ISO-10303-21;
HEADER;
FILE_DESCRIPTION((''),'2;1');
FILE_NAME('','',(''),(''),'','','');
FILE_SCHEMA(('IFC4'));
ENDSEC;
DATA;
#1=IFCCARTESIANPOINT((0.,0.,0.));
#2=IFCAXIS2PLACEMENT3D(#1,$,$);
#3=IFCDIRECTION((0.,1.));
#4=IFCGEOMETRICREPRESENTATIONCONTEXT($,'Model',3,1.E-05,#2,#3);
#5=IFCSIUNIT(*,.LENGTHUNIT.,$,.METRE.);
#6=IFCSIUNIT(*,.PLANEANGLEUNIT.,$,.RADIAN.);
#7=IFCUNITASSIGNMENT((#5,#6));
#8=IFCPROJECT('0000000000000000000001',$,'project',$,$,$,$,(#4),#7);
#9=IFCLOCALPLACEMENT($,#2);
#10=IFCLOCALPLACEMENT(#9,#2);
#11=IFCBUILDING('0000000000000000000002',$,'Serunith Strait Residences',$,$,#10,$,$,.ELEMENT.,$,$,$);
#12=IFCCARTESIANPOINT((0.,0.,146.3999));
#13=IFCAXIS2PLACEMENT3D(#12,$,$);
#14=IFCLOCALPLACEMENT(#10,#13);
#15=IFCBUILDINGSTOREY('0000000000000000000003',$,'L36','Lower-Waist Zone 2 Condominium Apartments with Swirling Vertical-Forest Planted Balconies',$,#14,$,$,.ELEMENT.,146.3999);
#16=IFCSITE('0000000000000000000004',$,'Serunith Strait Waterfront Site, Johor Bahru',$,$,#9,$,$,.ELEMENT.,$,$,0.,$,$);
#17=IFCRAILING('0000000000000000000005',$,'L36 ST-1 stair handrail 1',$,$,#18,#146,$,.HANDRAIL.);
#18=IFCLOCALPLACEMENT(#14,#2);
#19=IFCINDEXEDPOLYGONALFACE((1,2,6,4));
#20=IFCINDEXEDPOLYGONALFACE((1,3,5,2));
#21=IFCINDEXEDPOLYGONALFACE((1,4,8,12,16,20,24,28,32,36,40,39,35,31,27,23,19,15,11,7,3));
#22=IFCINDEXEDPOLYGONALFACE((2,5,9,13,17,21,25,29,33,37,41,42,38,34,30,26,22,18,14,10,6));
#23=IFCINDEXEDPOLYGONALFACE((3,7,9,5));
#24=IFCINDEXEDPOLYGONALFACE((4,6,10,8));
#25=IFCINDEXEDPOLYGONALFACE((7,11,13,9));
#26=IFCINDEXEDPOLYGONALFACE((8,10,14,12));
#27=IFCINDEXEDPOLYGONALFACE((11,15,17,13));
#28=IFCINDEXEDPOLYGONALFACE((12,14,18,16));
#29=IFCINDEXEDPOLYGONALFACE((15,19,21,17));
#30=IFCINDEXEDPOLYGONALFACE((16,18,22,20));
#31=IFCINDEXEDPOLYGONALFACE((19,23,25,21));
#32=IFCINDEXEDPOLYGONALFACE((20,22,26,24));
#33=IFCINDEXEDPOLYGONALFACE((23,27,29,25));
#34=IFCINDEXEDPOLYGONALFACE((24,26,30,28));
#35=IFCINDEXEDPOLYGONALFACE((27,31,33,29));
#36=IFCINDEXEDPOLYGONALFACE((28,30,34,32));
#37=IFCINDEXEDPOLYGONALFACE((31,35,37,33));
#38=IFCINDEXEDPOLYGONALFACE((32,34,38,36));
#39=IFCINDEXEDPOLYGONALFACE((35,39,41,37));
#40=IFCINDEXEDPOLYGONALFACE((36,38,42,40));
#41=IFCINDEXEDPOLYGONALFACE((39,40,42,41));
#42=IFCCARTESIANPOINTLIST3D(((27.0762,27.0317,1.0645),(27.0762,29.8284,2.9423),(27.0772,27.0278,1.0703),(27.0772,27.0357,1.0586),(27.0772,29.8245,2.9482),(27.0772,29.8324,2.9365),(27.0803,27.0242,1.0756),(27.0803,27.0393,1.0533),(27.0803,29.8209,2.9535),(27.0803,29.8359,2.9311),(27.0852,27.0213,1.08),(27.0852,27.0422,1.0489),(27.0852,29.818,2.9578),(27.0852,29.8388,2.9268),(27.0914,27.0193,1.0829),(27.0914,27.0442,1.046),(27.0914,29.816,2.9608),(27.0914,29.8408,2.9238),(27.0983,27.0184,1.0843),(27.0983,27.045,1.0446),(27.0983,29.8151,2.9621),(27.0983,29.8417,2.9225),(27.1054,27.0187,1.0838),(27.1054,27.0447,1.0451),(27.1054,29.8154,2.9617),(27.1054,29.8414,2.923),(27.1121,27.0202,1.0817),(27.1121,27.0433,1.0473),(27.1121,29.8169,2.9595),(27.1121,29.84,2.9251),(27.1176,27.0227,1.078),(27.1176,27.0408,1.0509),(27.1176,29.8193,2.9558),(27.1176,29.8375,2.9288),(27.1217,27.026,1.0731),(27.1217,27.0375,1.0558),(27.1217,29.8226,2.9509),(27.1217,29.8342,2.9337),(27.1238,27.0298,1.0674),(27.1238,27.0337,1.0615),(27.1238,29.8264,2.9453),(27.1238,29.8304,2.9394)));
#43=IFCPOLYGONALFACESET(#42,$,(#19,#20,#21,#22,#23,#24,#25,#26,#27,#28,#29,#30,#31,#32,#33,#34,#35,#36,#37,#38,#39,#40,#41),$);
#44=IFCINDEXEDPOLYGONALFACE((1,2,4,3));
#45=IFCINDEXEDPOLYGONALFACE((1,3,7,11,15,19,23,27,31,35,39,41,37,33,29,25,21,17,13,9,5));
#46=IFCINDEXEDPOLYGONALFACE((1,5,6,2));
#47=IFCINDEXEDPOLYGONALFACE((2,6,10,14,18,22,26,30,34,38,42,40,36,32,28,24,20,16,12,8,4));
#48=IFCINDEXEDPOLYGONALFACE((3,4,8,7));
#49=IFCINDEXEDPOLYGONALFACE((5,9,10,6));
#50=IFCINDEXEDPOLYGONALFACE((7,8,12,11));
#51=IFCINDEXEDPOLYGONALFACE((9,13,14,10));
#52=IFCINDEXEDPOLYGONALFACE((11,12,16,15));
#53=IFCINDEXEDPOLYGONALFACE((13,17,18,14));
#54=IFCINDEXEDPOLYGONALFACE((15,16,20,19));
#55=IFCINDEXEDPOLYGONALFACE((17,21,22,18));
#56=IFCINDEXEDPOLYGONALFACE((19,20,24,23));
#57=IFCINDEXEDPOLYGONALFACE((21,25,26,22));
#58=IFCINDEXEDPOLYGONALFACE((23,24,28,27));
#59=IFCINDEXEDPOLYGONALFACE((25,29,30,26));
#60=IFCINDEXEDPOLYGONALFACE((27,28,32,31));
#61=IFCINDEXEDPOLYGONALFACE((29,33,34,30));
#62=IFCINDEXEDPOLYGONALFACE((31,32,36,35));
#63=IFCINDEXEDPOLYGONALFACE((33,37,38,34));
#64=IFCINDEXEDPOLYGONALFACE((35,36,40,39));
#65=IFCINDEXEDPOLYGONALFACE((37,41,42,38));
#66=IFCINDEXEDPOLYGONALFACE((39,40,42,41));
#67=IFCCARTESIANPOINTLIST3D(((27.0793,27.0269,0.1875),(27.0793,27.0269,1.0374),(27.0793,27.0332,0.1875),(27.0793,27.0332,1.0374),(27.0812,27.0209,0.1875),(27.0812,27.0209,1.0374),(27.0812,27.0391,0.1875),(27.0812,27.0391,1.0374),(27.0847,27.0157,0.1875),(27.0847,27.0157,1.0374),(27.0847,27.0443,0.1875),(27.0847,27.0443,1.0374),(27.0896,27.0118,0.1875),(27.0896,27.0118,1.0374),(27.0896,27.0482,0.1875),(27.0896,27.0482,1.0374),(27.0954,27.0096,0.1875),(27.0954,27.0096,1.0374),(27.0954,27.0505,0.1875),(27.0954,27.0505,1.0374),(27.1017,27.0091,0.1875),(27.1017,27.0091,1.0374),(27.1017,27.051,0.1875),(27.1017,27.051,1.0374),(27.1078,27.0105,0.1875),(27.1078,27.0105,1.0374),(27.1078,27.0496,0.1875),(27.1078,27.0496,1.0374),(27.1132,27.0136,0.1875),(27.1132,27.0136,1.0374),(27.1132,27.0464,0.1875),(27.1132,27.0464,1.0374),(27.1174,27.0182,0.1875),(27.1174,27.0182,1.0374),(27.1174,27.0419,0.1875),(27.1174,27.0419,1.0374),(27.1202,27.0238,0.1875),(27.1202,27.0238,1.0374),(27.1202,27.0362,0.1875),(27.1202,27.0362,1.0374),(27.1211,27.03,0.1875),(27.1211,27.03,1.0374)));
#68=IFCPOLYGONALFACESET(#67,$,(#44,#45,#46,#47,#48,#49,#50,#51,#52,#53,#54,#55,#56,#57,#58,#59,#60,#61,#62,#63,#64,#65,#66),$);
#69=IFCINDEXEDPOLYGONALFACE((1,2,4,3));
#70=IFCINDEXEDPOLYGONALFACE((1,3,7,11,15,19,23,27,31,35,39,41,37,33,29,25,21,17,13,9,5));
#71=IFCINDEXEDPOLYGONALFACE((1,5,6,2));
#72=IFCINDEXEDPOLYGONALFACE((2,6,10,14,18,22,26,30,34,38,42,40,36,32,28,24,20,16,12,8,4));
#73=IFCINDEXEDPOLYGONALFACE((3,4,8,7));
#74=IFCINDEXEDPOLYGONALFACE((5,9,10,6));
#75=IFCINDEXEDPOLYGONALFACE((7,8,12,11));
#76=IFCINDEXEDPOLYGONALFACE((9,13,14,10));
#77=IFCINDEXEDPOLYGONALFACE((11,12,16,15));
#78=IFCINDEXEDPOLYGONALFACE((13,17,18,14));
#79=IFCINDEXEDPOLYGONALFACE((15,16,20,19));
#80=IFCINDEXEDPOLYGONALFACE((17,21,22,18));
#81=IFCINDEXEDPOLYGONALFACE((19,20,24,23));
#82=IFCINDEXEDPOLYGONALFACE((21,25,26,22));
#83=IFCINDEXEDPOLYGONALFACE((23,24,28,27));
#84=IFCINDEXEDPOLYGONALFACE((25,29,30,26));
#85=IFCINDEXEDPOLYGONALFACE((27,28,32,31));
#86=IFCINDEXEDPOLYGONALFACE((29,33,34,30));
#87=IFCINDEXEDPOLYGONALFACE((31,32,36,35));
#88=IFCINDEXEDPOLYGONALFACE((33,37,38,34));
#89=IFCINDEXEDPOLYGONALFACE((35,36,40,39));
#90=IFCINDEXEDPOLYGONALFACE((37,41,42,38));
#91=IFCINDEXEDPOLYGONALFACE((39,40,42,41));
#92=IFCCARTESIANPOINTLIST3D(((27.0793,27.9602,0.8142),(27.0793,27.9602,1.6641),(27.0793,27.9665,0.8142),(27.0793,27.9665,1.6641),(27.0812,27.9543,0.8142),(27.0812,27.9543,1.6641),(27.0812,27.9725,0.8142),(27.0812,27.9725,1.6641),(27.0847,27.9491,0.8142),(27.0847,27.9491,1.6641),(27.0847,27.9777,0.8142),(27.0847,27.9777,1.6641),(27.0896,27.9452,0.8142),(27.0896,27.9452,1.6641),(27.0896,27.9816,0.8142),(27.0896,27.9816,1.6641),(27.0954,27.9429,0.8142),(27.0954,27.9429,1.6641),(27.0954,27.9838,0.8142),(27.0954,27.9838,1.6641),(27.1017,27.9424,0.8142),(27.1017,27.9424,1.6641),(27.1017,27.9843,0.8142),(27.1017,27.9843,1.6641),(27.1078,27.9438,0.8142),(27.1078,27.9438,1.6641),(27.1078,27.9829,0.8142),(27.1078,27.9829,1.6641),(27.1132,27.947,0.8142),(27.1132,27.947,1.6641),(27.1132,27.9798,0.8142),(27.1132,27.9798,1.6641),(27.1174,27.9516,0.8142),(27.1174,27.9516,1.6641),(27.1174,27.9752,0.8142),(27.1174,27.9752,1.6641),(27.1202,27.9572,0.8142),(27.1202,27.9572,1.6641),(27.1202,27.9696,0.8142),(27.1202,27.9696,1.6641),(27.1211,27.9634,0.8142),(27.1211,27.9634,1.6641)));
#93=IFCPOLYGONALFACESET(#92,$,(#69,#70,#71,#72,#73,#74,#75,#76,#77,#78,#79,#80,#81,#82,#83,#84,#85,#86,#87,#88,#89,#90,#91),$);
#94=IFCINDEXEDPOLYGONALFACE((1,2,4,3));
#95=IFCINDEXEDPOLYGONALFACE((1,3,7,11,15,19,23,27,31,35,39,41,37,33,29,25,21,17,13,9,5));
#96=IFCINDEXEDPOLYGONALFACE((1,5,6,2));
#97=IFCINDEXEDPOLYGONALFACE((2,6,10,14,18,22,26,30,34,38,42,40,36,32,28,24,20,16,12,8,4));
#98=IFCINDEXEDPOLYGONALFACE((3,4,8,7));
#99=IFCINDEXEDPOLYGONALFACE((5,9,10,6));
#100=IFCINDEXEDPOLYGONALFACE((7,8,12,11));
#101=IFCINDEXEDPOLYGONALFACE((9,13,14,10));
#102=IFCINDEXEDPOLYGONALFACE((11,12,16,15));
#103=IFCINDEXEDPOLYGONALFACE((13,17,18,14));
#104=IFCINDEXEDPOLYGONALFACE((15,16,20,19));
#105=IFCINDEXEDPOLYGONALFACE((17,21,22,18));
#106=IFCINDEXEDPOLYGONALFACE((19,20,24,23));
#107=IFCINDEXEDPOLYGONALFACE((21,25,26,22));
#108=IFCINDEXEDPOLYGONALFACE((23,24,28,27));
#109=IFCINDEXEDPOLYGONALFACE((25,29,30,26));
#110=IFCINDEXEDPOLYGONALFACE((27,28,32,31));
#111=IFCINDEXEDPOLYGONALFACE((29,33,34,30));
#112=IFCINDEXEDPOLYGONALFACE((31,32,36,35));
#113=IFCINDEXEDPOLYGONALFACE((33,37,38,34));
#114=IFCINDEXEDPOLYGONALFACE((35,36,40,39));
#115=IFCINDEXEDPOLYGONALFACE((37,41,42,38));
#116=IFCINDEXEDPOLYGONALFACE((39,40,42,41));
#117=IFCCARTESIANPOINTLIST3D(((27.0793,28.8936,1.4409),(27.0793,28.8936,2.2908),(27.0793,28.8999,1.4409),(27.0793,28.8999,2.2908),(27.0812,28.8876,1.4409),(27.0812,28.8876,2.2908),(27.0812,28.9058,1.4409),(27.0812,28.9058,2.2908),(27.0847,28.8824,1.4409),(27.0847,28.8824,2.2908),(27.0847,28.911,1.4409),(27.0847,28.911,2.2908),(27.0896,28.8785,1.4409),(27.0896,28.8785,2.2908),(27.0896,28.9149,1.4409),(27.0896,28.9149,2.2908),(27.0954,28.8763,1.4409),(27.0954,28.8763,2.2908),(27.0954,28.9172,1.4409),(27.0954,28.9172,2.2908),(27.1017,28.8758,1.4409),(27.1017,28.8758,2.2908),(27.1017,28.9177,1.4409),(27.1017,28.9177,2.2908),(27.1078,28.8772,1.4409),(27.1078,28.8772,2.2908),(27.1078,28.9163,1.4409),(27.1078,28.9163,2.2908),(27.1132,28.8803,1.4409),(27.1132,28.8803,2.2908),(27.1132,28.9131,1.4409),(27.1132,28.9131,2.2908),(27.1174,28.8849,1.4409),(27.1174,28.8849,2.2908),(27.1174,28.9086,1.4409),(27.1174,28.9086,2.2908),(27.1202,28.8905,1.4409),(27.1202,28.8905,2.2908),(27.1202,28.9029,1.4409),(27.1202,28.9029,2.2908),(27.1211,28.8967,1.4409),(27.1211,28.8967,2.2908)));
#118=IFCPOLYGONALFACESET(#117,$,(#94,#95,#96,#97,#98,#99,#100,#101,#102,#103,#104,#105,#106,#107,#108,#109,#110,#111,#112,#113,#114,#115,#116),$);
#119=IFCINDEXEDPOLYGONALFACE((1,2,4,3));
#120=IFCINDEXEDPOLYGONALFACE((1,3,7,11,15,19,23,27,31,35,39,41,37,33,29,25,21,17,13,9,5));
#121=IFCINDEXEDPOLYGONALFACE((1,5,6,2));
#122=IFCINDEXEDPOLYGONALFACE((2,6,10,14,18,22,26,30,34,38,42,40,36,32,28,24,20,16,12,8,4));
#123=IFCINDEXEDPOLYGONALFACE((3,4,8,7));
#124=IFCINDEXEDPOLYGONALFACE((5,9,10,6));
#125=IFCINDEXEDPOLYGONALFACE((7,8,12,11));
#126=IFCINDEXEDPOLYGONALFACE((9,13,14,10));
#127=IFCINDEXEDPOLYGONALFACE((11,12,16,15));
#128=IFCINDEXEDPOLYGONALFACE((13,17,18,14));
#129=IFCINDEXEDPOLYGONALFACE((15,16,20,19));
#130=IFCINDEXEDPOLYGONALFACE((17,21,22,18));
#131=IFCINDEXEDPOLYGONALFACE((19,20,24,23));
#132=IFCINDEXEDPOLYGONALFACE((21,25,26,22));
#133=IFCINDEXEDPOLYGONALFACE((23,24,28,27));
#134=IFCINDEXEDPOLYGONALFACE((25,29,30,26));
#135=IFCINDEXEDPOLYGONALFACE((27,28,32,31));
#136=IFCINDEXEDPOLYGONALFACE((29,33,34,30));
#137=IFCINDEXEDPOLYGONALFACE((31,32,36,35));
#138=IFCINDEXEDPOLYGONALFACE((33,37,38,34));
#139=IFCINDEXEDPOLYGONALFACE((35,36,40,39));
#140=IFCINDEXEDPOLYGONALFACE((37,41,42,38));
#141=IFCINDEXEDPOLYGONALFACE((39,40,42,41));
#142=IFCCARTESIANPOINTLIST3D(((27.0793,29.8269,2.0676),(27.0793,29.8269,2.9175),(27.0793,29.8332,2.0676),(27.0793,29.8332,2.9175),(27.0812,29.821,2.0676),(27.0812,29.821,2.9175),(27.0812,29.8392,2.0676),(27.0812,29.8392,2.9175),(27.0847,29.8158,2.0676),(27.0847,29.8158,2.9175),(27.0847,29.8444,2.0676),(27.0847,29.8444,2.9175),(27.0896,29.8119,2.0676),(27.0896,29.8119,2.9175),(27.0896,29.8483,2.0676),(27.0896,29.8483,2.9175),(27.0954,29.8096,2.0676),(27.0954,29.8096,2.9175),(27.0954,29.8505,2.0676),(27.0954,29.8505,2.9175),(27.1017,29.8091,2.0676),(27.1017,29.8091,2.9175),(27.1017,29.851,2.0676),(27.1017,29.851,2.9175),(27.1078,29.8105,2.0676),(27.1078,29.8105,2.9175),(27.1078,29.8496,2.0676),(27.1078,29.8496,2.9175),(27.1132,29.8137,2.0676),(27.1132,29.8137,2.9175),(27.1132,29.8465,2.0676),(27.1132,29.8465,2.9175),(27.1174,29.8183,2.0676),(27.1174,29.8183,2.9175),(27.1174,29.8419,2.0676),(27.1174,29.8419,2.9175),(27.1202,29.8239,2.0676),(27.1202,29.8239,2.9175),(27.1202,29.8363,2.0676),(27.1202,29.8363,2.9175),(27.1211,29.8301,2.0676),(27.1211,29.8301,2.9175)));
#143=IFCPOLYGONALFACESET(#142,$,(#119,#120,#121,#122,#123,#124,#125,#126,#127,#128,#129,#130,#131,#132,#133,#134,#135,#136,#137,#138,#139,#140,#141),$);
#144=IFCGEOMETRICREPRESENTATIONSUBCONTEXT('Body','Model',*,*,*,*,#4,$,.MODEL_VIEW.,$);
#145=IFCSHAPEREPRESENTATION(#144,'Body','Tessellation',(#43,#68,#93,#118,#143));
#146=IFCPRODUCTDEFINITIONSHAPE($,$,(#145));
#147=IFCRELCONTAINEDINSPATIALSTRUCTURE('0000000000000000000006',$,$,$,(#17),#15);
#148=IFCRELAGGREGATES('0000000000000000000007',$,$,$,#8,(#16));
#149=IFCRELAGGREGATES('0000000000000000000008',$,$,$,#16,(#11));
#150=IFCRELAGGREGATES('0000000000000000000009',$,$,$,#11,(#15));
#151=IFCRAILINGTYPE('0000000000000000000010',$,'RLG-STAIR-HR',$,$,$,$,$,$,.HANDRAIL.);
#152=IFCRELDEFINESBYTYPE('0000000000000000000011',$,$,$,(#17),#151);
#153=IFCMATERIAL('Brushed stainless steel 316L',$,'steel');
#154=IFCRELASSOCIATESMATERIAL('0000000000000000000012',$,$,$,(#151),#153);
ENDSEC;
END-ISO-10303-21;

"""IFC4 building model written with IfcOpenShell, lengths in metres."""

from ifc_helpers import new_model, si_unit, direction, frame, origin, origin_2d, place, context, subcontext, project, spatial, circle, extrude, material, type_object, element, save


model = new_model("IFC4")

# Units and contexts
model_context = context("Model", 3, precision=1e-05, world=origin(), true_north=direction((0.0, 1.0)))
body_context = subcontext(model_context, "Body", "Model", "MODEL_VIEW")
ifc_project = project(units=[si_unit("LENGTHUNIT", "METRE"), si_unit("PLANEANGLEUNIT", "RADIAN")], contexts=[model_context])

# Site, building, storey
site_placement = place(None, origin())
site = spatial("IfcSite", under=ifc_project, at=site_placement, Name="Serunith Strait Waterfront Site, Johor Bahru", CompositionType="ELEMENT", RefElevation=0.0)
building_placement = place(site_placement, origin())
building = spatial("IfcBuilding", under=site, at=building_placement, Name="Serunith Strait Residences", CompositionType="ELEMENT")
storey_placement = place(building_placement, frame((0.0, 0.0, 146.3999)))
storey = spatial("IfcBuildingStorey", under=building, at=storey_placement, Name="L36", Description="Lower-Waist Zone 2 Condominium Apartments with Swirling Vertical-Forest Planted Balconies", CompositionType="ELEMENT", Elevation=146.3999)

# Railing
ifc_material_1 = material(Name="Brushed stainless steel 316L", Category="steel")
railing_type_1 = type_object("IfcRailingType", Name="RLG-STAIR-HR", PredefinedType="HANDRAIL", material=ifc_material_1)
railing_1_placement = place(storey_placement, frame((27.1001, 27.03, 0.1875)))
element("IfcRailing", 1, at=railing_1_placement, inside=storey, type_object=railing_type_1, Name="L36 ST-1 stair handrail 1", PredefinedType="HANDRAIL", context=body_context, shape_type="SweptSolid", body=[
    extrude(circle(Radius=0.0239, at=origin_2d()), frame((0.0, 0.0017, 0.877), z_axis=(0.0, 0.830208, 0.557453), x_axis=(-1.0, 0.0, 0.0)), (0.0, 0.0, 1.0), 3.3687),
    extrude(circle(Radius=0.021, at=origin_2d()), origin(), (0.0, 0.0, 1.0), 0.8499),
    extrude(circle(Radius=0.021, at=origin_2d()), frame((0.0, 0.9333, 0.6267)), (0.0, 0.0, 1.0), 0.8499),
    extrude(circle(Radius=0.021, at=origin_2d()), frame((0.0, 1.8667, 1.2534)), (0.0, 0.0, 1.0), 0.8499),
    extrude(circle(Radius=0.021, at=origin_2d()), frame((0.0, 2.8, 1.8801)), (0.0, 0.0, 1.0), 0.8499),
])

save(model, "model.ifc")
